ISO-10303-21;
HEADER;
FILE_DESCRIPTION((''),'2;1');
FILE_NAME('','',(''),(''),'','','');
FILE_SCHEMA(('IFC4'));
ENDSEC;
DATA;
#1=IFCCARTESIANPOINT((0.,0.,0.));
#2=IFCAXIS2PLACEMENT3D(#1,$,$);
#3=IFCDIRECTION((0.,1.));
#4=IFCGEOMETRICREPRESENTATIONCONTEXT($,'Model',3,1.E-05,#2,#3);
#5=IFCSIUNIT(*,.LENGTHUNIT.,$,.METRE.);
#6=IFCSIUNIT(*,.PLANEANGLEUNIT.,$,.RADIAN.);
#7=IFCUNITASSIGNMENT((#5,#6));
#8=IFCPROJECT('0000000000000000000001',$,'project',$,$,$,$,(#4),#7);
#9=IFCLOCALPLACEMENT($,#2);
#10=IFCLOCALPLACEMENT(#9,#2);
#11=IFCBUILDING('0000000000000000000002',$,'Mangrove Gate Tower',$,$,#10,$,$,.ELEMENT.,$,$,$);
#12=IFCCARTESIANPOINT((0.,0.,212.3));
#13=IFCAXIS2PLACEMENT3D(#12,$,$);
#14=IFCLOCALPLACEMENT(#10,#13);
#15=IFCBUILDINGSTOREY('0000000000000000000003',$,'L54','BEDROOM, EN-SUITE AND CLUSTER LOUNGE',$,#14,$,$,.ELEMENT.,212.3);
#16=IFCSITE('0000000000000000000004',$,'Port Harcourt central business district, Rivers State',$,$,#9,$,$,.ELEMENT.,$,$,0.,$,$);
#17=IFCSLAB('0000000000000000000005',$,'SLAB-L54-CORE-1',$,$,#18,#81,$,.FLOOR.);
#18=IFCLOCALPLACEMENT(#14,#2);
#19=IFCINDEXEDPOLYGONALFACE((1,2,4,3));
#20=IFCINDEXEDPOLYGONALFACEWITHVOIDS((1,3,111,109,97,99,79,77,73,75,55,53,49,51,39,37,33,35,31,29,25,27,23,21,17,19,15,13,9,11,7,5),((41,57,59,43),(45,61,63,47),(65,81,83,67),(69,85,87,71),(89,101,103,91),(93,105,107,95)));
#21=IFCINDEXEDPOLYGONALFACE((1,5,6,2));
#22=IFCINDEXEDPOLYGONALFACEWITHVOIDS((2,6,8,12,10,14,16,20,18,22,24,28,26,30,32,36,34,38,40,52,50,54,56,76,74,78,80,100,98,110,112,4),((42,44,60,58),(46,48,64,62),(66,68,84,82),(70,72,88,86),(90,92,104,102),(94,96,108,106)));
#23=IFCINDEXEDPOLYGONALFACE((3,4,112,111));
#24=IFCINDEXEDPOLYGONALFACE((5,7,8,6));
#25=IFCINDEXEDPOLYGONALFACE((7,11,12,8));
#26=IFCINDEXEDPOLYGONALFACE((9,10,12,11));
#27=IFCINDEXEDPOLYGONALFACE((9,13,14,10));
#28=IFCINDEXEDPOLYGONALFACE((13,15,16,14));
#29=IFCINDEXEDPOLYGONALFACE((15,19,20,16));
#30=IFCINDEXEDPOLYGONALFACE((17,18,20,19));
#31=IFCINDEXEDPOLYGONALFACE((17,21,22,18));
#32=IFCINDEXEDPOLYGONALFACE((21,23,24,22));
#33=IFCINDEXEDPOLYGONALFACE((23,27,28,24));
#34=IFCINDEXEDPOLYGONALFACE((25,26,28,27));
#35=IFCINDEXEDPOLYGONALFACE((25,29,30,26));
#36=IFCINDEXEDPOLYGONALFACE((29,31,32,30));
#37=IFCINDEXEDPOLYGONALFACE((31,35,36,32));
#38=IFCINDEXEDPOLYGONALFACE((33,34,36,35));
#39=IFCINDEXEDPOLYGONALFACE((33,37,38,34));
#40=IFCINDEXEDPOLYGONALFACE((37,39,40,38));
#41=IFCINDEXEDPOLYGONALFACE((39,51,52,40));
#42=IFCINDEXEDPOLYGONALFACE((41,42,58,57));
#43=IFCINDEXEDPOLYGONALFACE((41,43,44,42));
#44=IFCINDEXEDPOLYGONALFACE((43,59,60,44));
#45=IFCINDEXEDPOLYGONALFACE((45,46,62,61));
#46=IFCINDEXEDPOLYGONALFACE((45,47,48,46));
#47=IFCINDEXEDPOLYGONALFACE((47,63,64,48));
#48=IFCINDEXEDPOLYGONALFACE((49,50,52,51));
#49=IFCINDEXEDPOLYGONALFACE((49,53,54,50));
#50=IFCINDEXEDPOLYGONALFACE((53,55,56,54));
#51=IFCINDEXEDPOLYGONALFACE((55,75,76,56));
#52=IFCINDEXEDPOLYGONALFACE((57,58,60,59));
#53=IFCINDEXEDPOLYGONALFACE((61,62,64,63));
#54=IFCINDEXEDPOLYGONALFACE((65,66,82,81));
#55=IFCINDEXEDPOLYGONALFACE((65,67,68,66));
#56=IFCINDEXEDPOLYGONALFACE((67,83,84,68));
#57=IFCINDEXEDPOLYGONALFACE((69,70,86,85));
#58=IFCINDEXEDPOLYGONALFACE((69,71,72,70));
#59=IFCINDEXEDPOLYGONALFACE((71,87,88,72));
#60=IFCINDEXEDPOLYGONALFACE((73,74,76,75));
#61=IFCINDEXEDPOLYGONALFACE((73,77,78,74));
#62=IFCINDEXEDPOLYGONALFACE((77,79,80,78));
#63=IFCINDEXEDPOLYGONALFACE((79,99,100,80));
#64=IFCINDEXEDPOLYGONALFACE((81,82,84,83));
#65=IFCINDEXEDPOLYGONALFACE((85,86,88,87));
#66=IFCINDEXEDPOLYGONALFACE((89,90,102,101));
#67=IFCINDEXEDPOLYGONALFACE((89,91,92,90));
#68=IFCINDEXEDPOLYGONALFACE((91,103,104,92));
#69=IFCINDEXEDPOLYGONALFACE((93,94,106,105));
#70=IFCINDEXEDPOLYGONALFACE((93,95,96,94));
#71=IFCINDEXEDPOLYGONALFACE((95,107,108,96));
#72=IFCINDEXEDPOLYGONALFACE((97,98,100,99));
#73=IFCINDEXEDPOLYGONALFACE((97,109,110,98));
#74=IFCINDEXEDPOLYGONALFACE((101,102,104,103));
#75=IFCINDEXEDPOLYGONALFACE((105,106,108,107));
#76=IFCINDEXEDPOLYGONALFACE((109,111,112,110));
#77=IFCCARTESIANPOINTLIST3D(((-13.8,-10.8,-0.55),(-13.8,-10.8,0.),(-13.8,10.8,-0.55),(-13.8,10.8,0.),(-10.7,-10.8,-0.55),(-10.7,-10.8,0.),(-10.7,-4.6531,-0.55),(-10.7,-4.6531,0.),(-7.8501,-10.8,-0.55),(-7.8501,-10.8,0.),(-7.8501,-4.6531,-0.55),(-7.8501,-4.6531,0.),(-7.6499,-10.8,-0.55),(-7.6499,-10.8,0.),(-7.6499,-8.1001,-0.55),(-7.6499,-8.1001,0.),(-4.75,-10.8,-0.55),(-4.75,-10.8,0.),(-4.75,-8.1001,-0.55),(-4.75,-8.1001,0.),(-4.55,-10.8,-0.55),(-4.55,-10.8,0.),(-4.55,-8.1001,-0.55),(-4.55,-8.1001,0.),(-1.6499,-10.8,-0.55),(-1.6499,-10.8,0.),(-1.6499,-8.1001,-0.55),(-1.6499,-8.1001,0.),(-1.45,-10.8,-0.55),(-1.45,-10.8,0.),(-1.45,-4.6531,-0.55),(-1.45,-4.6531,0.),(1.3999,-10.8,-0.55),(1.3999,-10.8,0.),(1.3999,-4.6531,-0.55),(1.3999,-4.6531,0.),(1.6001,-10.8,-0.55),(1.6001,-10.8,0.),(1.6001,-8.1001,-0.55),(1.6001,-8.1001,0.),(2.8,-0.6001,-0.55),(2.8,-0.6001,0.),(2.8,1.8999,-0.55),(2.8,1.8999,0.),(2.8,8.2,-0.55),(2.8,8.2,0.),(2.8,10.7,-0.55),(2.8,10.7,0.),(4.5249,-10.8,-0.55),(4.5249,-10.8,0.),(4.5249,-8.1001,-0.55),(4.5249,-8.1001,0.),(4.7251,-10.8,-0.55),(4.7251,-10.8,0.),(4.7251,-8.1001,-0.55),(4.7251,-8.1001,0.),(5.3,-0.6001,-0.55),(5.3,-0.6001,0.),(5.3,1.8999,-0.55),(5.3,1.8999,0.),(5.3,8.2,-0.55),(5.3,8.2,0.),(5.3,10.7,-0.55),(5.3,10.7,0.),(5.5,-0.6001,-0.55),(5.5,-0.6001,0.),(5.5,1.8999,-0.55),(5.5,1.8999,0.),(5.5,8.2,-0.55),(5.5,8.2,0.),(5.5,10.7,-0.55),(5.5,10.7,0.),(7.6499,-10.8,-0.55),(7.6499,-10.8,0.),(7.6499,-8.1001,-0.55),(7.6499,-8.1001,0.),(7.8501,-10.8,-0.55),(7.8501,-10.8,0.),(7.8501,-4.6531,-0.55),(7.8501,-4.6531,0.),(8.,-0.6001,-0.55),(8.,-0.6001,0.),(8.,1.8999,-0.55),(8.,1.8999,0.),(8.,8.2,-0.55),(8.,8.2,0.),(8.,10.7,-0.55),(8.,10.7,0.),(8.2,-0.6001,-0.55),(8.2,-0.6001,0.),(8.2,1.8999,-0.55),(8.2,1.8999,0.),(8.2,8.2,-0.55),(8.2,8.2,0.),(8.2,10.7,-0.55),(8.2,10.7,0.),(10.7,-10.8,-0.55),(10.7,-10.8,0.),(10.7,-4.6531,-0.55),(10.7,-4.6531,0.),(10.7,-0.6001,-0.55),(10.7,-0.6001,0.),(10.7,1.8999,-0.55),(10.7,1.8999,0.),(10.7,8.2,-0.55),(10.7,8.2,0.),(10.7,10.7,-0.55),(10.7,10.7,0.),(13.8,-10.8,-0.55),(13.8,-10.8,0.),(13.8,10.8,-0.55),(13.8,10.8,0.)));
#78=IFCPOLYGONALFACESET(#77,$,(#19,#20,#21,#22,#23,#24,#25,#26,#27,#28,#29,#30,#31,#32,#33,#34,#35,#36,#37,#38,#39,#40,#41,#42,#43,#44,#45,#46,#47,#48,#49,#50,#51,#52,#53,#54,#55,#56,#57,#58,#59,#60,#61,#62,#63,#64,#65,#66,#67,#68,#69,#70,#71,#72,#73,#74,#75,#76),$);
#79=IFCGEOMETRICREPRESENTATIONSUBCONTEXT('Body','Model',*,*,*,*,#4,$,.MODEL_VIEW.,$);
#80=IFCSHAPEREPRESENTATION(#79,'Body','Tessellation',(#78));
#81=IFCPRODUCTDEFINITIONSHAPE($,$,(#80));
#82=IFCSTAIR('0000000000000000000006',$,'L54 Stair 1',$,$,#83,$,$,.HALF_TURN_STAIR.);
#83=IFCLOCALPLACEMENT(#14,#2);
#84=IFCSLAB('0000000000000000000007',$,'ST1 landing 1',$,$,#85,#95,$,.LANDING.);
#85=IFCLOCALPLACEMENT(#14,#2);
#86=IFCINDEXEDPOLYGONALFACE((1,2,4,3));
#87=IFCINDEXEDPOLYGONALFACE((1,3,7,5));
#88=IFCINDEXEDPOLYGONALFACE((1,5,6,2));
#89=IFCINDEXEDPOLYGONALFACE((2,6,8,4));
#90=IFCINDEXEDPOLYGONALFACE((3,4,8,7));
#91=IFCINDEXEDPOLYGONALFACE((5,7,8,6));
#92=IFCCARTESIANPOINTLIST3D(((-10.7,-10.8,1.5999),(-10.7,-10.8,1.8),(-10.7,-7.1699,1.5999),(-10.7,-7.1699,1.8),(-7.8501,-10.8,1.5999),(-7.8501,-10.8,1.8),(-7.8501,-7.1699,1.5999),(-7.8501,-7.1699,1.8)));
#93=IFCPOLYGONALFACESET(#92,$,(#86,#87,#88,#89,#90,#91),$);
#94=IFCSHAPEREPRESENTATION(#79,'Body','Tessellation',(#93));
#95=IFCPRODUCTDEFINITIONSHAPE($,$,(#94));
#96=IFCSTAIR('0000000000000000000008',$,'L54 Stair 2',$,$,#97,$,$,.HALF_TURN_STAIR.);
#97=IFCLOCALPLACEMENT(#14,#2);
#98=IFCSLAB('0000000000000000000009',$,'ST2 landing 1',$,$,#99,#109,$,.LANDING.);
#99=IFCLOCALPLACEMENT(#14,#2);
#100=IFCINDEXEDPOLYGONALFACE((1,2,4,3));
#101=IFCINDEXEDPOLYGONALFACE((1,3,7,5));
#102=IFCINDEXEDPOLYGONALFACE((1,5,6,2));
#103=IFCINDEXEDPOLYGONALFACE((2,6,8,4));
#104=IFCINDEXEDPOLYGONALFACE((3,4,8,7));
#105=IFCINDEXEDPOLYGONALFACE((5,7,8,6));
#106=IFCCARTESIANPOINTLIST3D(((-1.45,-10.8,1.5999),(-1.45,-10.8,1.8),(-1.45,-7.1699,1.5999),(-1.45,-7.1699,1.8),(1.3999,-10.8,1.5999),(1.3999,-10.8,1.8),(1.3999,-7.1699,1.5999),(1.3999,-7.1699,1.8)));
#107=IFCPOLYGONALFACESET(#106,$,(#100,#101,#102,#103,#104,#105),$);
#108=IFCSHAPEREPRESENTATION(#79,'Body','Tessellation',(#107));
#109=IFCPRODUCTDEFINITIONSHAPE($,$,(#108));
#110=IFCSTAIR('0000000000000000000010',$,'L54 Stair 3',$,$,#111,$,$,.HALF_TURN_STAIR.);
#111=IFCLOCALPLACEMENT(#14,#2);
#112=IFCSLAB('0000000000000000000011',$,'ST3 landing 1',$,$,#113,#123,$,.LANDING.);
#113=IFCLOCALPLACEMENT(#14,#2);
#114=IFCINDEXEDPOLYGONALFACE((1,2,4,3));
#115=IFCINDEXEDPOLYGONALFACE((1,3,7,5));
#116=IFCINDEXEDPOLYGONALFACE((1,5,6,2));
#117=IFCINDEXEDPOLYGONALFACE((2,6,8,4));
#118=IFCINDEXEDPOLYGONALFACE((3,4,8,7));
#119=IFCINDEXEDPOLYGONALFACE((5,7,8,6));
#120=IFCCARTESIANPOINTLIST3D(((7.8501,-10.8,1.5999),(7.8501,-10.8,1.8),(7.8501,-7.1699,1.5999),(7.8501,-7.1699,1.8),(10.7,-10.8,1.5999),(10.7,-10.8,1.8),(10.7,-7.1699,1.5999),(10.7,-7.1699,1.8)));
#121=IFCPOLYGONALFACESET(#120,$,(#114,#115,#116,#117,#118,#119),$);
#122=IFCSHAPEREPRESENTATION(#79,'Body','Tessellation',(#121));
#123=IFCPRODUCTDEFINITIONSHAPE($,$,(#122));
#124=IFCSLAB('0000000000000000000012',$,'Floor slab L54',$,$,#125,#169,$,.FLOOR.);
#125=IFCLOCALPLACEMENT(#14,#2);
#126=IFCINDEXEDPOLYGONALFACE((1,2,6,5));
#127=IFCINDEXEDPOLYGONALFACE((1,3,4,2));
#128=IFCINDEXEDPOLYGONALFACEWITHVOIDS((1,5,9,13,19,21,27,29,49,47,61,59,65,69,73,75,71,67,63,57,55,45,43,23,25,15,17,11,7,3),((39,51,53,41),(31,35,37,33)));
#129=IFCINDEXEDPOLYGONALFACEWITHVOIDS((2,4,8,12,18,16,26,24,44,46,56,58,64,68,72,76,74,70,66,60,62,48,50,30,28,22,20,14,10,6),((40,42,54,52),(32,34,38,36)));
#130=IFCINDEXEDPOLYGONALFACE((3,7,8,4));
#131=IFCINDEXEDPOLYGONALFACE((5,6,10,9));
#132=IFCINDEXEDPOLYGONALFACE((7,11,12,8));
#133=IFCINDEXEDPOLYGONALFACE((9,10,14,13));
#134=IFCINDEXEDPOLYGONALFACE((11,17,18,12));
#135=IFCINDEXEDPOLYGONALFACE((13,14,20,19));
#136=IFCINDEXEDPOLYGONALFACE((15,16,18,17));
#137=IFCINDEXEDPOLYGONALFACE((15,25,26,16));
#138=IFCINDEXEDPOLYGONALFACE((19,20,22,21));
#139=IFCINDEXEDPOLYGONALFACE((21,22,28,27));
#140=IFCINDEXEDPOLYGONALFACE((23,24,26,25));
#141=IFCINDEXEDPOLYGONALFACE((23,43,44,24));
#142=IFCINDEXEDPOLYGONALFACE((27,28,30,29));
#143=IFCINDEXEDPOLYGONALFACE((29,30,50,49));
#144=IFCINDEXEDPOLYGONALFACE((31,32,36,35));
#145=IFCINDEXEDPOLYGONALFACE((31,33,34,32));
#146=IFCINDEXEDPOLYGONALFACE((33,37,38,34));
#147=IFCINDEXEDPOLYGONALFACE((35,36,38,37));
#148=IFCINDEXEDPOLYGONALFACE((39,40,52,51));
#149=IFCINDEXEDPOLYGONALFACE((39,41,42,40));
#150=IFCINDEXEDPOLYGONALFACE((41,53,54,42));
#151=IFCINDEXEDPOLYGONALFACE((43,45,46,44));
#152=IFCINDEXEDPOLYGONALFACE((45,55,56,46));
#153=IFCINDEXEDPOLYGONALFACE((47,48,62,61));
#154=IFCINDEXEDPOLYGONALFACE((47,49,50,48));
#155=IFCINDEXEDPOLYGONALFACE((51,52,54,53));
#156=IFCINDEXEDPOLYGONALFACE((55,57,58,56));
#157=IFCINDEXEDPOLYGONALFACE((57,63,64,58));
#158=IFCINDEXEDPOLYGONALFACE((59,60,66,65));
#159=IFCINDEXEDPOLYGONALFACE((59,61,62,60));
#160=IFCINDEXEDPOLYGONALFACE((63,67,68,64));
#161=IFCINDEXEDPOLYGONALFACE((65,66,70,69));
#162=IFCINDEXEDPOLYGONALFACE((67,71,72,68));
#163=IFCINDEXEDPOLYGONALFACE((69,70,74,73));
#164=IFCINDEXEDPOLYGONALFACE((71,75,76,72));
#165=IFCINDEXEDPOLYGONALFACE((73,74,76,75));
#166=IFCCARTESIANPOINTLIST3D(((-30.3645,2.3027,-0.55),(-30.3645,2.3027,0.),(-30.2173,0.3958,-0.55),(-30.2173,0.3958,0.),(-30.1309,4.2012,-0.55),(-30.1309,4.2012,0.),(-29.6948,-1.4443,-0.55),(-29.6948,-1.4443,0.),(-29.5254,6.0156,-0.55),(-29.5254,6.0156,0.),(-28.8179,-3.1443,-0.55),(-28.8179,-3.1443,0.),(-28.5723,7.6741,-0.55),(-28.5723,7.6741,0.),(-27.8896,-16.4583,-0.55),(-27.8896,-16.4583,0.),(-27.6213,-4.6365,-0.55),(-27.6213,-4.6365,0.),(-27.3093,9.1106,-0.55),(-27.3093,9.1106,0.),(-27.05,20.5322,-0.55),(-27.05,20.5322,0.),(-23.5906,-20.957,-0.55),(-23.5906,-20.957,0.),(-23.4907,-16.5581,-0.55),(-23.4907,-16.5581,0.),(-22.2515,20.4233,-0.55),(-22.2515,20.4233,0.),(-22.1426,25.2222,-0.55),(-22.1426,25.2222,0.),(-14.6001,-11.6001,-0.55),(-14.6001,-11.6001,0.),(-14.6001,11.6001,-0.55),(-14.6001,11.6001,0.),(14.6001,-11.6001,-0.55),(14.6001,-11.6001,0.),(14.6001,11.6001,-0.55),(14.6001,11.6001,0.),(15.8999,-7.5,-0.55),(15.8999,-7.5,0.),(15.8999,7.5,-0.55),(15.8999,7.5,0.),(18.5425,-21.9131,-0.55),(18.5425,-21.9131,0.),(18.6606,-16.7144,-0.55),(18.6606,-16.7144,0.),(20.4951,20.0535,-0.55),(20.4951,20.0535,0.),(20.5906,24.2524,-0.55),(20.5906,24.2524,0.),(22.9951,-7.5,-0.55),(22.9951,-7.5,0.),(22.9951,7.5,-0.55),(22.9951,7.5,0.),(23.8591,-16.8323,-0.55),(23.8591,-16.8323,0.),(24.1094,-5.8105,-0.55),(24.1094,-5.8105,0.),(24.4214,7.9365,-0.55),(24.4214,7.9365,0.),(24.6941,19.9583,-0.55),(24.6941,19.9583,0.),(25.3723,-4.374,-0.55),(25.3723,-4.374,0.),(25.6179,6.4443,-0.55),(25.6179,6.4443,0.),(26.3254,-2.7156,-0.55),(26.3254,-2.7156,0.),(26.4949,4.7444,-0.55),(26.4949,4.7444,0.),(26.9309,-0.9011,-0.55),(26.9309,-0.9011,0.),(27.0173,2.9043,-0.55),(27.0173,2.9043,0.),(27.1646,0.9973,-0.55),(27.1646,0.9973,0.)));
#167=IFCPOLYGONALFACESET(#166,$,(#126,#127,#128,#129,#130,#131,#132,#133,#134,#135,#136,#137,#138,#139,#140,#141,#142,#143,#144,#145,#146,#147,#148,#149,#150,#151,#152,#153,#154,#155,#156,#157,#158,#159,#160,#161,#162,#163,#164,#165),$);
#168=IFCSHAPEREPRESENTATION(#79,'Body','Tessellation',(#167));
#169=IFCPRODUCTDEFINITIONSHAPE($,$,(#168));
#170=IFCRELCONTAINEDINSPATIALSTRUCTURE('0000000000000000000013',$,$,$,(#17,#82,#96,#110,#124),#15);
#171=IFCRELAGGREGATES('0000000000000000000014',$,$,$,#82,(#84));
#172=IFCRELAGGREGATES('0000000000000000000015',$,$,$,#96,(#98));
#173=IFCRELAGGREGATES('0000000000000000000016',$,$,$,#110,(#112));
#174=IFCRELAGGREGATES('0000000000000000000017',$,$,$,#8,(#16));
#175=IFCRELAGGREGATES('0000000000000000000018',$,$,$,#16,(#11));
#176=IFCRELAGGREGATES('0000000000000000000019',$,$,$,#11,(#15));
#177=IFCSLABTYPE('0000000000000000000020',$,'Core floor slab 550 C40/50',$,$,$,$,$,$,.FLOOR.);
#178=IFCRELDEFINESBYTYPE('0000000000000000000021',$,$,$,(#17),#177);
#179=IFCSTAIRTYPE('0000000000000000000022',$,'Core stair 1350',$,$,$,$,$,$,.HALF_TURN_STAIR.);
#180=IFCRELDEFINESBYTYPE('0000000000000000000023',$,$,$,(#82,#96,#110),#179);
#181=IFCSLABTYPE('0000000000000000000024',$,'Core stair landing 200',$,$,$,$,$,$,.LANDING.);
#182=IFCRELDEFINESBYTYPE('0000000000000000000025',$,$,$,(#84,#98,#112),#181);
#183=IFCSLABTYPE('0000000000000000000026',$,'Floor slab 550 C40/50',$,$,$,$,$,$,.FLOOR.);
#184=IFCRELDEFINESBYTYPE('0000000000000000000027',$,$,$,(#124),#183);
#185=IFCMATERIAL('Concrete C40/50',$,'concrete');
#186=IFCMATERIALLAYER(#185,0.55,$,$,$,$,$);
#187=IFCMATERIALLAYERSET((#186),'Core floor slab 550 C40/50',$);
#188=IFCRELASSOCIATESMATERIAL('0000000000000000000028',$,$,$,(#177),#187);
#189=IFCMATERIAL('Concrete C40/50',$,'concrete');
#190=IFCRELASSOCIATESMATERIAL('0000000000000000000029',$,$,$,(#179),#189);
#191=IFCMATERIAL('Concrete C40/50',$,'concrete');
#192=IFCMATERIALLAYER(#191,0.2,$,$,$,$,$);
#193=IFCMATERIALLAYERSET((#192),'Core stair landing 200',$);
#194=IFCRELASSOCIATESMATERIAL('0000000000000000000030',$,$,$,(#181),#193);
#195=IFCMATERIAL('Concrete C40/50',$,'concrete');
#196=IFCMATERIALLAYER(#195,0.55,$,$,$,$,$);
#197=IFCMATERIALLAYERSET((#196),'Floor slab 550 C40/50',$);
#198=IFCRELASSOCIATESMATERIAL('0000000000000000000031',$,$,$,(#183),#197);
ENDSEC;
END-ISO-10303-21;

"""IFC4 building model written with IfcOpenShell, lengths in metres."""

from ifc_helpers import new_model, si_unit, direction, frame, origin, place, context, subcontext, project, spatial, polyline, outline, extrude, material, layer, layer_set, type_object, element, aggregate, save


model = new_model("IFC4")

# Units and contexts
model_context = context("Model", 3, precision=1e-05, world=origin(), true_north=direction((0.0, 1.0)))
body_context = subcontext(model_context, "Body", "Model", "MODEL_VIEW")
ifc_project = project(units=[si_unit("LENGTHUNIT", "METRE"), si_unit("PLANEANGLEUNIT", "RADIAN")], contexts=[model_context])

# Site, building, storey
site_placement = place(None, origin())
site = spatial("IfcSite", under=ifc_project, at=site_placement, Name="Port Harcourt central business district, Rivers State", CompositionType="ELEMENT", RefElevation=0.0)
building_placement = place(site_placement, origin())
building = spatial("IfcBuilding", under=site, at=building_placement, Name="Mangrove Gate Tower", CompositionType="ELEMENT")
storey_placement = place(building_placement, frame((0.0, 0.0, 212.3)))
storey = spatial("IfcBuildingStorey", under=building, at=storey_placement, Name="L54", Description="BEDROOM, EN-SUITE AND CLUSTER LOUNGE", CompositionType="ELEMENT", Elevation=212.3)

# Slab
ifc_material_1 = material(Name="Concrete C40/50", Category="concrete")
ifc_layer_1 = layer(ifc_material_1, 0.55)
ifc_layer_set_1 = layer_set([ifc_layer_1], Name="Core floor slab 550 C40/50")
slab_type_1 = type_object("IfcSlabType", Name="Core floor slab 550 C40/50", PredefinedType="FLOOR", material=ifc_layer_set_1)
slab_1_placement = place(storey_placement, frame((0.0, 0.0, -0.55)))
element("IfcSlab", 1, at=slab_1_placement, inside=storey, type_object=slab_type_1, Name="SLAB-L54-CORE-1", PredefinedType="FLOOR", context=body_context, shape_type="SweptSolid", body=[
    extrude(outline(polyline([(-13.8, -10.8), (-13.8, 10.8), (13.8, 10.8), (13.8, -10.8), (10.7, -10.8), (10.7, -4.6531), (7.8501, -4.6531), (7.8501, -10.8), (7.6499, -10.8), (7.6499, -8.1001), (4.7251, -8.1001), (4.7251, -10.8), (4.5249, -10.8), (4.5249, -8.1001), (1.6001, -8.1001), (1.6001, -10.8), (1.3999, -10.8), (1.3999, -4.6531), (-1.45, -4.6531), (-1.45, -10.8), (-1.6499, -10.8), (-1.6499, -8.1001), (-4.55, -8.1001), (-4.55, -10.8), (-4.75, -10.8), (-4.75, -8.1001), (-7.6499, -8.1001), (-7.6499, -10.8), (-7.8501, -10.8), (-7.8501, -4.6531), (-10.7, -4.6531), (-10.7, -10.8), (-13.8, -10.8)]), holes=[polyline([(5.3, -0.6001), (5.3, 1.8999), (2.8, 1.8999), (2.8, -0.6001), (5.3, -0.6001)]), polyline([(5.3, 10.7), (2.8, 10.7), (2.8, 8.2), (5.3, 8.2), (5.3, 10.7)]), polyline([(8.0, -0.6001), (8.0, 1.8999), (5.5, 1.8999), (5.5, -0.6001), (8.0, -0.6001)]), polyline([(10.7, -0.6001), (10.7, 1.8999), (8.2, 1.8999), (8.2, -0.6001), (10.7, -0.6001)]), polyline([(8.0, 8.2), (8.0, 10.7), (5.5, 10.7), (5.5, 8.2), (8.0, 8.2)]), polyline([(10.7, 8.2), (10.7, 10.7), (8.2, 10.7), (8.2, 8.2), (10.7, 8.2)])]), origin(), (0.0, 0.0, 1.0), 0.55),
])

# Stairs, slabs
ifc_material_2 = material(Name="Concrete C40/50", Category="concrete")
stair_type = type_object("IfcStairType", Name="Core stair 1350", PredefinedType="HALF_TURN_STAIR", material=ifc_material_2)
stair_1_placement = place(storey_placement, origin())
stair_1 = element("IfcStair", 2, at=stair_1_placement, inside=storey, type_object=stair_type, Name="L54 Stair 1", PredefinedType="HALF_TURN_STAIR")
ifc_material_3 = material(Name="Concrete C40/50", Category="concrete")
ifc_layer_2 = layer(ifc_material_3, 0.2)
ifc_layer_set_2 = layer_set([ifc_layer_2], Name="Core stair landing 200")
slab_type_2 = type_object("IfcSlabType", Name="Core stair landing 200", PredefinedType="LANDING", material=ifc_layer_set_2)
slab_2_placement = place(storey_placement, frame((0.0, 0.0, 1.5999)))
slab_2 = element("IfcSlab", 3, at=slab_2_placement, type_object=slab_type_2, Name="ST1 landing 1", PredefinedType="LANDING", context=body_context, shape_type="SweptSolid", body=[
    extrude(outline(polyline([(-10.7, -7.1699), (-10.7, -10.8), (-7.8501, -10.8), (-7.8501, -7.1699), (-10.7, -7.1699)])), origin(), (0.0, 0.0, 1.0), 0.2002),
])
aggregate(stair_1, [slab_2])
stair_2_placement = place(storey_placement, origin())
stair_2 = element("IfcStair", 4, at=stair_2_placement, inside=storey, type_object=stair_type, Name="L54 Stair 2", PredefinedType="HALF_TURN_STAIR")
slab_3_placement = place(storey_placement, frame((0.0, 0.0, 1.5999)))
slab_3 = element("IfcSlab", 5, at=slab_3_placement, type_object=slab_type_2, Name="ST2 landing 1", PredefinedType="LANDING", context=body_context, shape_type="SweptSolid", body=[
    extrude(outline(polyline([(-1.45, -7.1699), (-1.45, -10.8), (1.3999, -10.8), (1.3999, -7.1699), (-1.45, -7.1699)])), origin(), (0.0, 0.0, 1.0), 0.2002),
])
aggregate(stair_2, [slab_3])
stair_3_placement = place(storey_placement, origin())
stair_3 = element("IfcStair", 6, at=stair_3_placement, inside=storey, type_object=stair_type, Name="L54 Stair 3", PredefinedType="HALF_TURN_STAIR")
slab_4_placement = place(storey_placement, frame((0.0, 0.0, 1.5999)))
slab_4 = element("IfcSlab", 7, at=slab_4_placement, type_object=slab_type_2, Name="ST3 landing 1", PredefinedType="LANDING", context=body_context, shape_type="SweptSolid", body=[
    extrude(outline(polyline([(7.8501, -7.1699), (7.8501, -10.8), (10.7, -10.8), (10.7, -7.1699), (7.8501, -7.1699)])), origin(), (0.0, 0.0, 1.0), 0.2002),
])
aggregate(stair_3, [slab_4])

# Slab
ifc_material_4 = material(Name="Concrete C40/50", Category="concrete")
ifc_layer_3 = layer(ifc_material_4, 0.55)
ifc_layer_set_3 = layer_set([ifc_layer_3], Name="Floor slab 550 C40/50")
slab_type_3 = type_object("IfcSlabType", Name="Floor slab 550 C40/50", PredefinedType="FLOOR", material=ifc_layer_set_3)
slab_5_placement = place(storey_placement, frame((0.0, 0.0, -0.55)))
element("IfcSlab", 8, at=slab_5_placement, inside=storey, type_object=slab_type_3, Name="Floor slab L54", PredefinedType="FLOOR", context=body_context, shape_type="SweptSolid", body=[
    extrude(outline(polyline([(-23.5906, -20.957), (18.5425, -21.9131), (18.6606, -16.7144), (23.8591, -16.8323), (24.1094, -5.8105), (25.3723, -4.374), (26.3254, -2.7156), (26.9309, -0.9011), (27.1646, 0.9973), (27.0173, 2.9043), (26.4949, 4.7444), (25.6179, 6.4443), (24.4214, 7.9365), (24.6941, 19.9583), (20.4951, 20.0535), (20.5906, 24.2524), (-22.1426, 25.2222), (-22.2515, 20.4233), (-27.05, 20.5322), (-27.3093, 9.1106), (-28.5723, 7.6741), (-29.5254, 6.0156), (-30.1309, 4.2012), (-30.3645, 2.3027), (-30.2173, 0.3958), (-29.6948, -1.4443), (-28.8179, -3.1443), (-27.6213, -4.6365), (-27.8896, -16.4583), (-23.4907, -16.5581), (-23.5906, -20.957)]), holes=[polyline([(15.8999, 7.5), (22.9951, 7.5), (22.9951, -7.5), (15.8999, -7.5), (15.8999, 7.5)]), polyline([(-14.6001, -11.6001), (-14.6001, 11.6001), (14.6001, 11.6001), (14.6001, -11.6001), (-14.6001, -11.6001)])]), origin(), (0.0, 0.0, 1.0), 0.55),
])

save(model, "model.ifc")
